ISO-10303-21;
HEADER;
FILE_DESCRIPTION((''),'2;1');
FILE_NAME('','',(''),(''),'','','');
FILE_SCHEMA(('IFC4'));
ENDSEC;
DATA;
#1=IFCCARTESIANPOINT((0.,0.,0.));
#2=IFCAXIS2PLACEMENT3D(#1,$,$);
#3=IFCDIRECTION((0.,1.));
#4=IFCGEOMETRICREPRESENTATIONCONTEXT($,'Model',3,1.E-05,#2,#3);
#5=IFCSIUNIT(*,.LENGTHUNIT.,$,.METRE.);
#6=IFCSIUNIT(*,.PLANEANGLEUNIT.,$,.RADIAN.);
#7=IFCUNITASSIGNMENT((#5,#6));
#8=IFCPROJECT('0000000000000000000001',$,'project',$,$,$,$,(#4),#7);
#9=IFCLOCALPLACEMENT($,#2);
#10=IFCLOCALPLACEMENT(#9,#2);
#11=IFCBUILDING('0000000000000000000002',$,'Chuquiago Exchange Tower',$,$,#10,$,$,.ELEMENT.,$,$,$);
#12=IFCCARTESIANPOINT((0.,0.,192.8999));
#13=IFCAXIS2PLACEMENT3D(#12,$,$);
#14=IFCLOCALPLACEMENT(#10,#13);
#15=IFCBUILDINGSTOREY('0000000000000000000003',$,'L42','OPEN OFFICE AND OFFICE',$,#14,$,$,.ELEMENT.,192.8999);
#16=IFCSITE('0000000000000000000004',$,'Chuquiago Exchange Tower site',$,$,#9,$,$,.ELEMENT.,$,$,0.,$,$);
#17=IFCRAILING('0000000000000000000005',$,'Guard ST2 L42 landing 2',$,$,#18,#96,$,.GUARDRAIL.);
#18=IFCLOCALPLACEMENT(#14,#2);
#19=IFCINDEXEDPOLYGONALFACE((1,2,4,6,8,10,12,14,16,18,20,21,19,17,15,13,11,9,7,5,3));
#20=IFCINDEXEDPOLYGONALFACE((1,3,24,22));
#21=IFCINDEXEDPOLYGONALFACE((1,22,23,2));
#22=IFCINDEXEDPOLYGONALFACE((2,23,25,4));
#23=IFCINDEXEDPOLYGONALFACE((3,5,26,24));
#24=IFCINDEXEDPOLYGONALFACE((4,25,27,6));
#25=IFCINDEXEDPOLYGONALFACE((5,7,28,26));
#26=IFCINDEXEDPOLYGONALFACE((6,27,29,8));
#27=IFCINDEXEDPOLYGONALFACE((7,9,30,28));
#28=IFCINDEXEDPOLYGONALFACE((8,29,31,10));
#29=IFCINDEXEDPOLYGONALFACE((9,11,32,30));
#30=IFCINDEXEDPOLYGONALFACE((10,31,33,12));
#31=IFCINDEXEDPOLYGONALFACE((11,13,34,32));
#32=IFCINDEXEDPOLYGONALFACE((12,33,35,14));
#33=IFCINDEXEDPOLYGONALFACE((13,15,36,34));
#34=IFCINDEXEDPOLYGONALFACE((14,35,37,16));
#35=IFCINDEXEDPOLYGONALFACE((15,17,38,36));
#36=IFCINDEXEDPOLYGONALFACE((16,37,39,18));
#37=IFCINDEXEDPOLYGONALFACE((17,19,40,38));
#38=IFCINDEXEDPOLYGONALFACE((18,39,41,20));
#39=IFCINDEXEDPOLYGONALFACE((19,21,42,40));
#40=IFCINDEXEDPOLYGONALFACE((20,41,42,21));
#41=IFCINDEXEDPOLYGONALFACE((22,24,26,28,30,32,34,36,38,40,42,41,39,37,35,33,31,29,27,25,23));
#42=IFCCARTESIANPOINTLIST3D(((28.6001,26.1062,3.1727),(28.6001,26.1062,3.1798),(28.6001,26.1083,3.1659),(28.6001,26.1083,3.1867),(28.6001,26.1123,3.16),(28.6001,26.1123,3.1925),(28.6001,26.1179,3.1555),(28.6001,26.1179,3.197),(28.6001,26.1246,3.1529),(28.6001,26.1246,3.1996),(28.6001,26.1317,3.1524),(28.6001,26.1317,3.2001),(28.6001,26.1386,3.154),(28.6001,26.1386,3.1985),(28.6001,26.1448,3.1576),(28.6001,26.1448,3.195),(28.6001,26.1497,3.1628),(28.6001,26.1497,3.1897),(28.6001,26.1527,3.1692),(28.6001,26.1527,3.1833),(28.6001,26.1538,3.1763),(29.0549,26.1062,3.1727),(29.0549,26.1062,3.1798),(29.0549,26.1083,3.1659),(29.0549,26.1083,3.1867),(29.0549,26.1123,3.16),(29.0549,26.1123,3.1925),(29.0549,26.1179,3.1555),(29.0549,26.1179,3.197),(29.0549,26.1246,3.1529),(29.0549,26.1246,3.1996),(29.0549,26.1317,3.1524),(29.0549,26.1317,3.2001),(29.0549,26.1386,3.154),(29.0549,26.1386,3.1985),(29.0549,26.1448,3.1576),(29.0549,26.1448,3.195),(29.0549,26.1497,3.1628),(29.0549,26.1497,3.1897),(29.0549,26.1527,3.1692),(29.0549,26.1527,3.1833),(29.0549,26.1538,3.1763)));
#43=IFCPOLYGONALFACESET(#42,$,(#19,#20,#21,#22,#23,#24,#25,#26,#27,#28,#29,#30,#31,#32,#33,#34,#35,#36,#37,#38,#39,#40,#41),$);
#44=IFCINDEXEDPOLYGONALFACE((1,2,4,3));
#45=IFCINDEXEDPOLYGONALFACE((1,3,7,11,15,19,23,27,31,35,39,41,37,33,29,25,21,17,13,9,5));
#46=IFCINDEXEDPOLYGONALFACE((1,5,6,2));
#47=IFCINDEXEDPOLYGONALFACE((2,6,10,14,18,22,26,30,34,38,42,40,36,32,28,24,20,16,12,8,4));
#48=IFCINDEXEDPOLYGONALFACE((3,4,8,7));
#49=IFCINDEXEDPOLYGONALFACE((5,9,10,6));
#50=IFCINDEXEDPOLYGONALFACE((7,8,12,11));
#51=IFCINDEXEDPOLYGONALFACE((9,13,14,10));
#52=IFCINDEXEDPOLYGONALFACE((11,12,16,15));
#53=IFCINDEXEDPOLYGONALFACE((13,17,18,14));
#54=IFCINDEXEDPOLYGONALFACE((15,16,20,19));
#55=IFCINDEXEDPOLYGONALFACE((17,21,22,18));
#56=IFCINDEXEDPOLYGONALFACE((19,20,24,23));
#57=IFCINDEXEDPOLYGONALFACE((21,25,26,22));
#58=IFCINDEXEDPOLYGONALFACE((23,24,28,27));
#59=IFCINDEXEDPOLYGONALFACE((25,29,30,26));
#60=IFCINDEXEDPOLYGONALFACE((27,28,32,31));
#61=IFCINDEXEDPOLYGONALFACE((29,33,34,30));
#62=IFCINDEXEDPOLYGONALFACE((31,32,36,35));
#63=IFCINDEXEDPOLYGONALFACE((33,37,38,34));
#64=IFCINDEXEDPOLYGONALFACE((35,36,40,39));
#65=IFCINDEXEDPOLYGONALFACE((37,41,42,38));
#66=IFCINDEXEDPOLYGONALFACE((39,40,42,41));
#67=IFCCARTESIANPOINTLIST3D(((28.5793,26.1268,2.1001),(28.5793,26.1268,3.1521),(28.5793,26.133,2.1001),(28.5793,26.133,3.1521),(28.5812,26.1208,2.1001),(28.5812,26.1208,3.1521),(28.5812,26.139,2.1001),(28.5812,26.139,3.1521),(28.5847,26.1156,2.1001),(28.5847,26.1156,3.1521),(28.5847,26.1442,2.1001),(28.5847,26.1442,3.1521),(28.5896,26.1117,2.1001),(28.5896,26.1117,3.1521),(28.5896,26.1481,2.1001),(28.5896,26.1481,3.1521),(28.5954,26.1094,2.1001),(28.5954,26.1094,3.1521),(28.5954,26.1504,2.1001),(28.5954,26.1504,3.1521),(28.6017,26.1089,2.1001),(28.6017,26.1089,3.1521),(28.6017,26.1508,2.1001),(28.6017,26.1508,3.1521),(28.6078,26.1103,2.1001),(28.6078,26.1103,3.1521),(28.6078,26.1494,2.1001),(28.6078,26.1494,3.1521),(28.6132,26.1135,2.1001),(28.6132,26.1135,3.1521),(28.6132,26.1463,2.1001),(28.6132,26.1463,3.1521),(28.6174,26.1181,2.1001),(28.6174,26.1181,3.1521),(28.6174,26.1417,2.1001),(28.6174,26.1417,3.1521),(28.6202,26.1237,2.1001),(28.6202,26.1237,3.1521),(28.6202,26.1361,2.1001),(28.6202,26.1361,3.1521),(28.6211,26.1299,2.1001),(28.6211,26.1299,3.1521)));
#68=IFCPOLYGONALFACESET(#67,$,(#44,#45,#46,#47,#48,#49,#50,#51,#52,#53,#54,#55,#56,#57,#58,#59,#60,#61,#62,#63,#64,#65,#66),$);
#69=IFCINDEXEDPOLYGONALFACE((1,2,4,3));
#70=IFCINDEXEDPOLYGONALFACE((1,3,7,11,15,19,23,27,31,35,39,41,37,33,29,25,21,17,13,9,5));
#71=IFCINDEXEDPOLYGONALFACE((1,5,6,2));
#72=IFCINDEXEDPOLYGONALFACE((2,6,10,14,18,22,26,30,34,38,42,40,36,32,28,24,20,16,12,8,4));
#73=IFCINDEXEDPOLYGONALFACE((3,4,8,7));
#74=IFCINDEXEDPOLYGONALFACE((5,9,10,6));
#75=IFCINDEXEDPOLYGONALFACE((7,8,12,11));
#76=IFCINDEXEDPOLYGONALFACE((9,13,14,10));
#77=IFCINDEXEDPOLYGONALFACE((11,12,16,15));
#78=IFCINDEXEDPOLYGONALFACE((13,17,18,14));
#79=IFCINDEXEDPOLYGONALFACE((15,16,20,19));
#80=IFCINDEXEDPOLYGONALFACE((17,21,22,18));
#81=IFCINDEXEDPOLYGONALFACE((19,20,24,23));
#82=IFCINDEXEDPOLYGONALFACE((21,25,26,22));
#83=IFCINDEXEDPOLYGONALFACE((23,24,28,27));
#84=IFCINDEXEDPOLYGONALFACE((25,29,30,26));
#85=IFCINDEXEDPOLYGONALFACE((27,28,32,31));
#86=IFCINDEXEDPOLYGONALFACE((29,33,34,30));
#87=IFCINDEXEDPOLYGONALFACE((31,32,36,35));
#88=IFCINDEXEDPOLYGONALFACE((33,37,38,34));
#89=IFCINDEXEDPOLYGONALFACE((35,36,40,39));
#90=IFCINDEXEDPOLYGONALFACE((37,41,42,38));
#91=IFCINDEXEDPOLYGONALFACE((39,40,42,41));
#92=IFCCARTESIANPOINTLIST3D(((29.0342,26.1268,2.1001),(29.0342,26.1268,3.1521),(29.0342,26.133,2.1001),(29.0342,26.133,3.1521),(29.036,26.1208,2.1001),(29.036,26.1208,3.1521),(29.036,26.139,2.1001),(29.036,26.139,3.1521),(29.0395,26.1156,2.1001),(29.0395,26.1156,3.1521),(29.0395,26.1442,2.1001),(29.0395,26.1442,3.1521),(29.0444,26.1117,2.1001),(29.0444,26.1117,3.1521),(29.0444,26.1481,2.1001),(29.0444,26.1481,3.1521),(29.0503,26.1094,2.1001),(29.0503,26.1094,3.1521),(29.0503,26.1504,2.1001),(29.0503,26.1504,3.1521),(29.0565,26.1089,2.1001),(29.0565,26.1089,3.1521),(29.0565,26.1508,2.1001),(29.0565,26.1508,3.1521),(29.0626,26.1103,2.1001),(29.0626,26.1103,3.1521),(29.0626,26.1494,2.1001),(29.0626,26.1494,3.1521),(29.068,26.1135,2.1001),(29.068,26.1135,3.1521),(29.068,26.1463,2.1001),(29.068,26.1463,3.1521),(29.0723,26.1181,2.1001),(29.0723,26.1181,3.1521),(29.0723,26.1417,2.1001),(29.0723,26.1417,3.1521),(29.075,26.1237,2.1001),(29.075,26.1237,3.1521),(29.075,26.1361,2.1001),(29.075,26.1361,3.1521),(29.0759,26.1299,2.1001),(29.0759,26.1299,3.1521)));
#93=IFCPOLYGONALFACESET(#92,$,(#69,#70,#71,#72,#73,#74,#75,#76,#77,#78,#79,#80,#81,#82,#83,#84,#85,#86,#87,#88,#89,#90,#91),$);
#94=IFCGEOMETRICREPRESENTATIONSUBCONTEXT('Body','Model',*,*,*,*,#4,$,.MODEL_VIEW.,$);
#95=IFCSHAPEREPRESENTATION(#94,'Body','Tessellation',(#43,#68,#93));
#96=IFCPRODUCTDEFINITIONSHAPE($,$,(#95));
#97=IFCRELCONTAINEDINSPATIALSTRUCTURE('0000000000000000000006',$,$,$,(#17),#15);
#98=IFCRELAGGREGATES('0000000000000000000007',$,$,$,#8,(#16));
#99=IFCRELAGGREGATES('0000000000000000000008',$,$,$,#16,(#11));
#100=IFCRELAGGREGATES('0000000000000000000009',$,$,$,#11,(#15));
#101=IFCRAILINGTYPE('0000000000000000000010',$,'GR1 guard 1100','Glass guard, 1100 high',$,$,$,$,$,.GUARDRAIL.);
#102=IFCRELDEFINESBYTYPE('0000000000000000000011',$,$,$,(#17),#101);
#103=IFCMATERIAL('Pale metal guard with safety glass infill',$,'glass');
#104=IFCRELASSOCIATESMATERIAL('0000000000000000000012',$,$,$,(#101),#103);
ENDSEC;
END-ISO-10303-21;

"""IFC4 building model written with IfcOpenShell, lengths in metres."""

from ifc_helpers import new_model, si_unit, direction, frame, origin, origin_2d, place, context, subcontext, project, spatial, circle, extrude, material, type_object, element, save


model = new_model("IFC4")

# Units and contexts
model_context = context("Model", 3, precision=1e-05, world=origin(), true_north=direction((0.0, 1.0)))
body_context = subcontext(model_context, "Body", "Model", "MODEL_VIEW")
ifc_project = project(units=[si_unit("LENGTHUNIT", "METRE"), si_unit("PLANEANGLEUNIT", "RADIAN")], contexts=[model_context])

# Site, building, storey
site_placement = place(None, origin())
site = spatial("IfcSite", under=ifc_project, at=site_placement, Name="Chuquiago Exchange Tower site", CompositionType="ELEMENT", RefElevation=0.0)
building_placement = place(site_placement, origin())
building = spatial("IfcBuilding", under=site, at=building_placement, Name="Chuquiago Exchange Tower", CompositionType="ELEMENT")
storey_placement = place(building_placement, frame((0.0, 0.0, 192.8999)))
storey = spatial("IfcBuildingStorey", under=building, at=storey_placement, Name="L42", Description="OPEN OFFICE AND OFFICE", CompositionType="ELEMENT", Elevation=192.8999)

# Railing
ifc_material_1 = material(Name="Pale metal guard with safety glass infill", Category="glass")
railing_type_1 = type_object("IfcRailingType", Name="GR1 guard 1100", Description="Glass guard, 1100 high", PredefinedType="GUARDRAIL", material=ifc_material_1)
railing_1_placement = place(storey_placement, frame((28.6001, 26.1299, 2.1001)))
element("IfcRailing", 1, at=railing_1_placement, inside=storey, type_object=railing_type_1, Name="Guard ST2 L42 landing 2", PredefinedType="GUARDRAIL", context=body_context, shape_type="SweptSolid", body=[
    extrude(circle(Radius=0.0239, at=origin_2d()), frame((0.0, 0.0, 1.0762), z_axis=(1.0, 0.0, 0.0), x_axis=(0.0, 1.0, 0.0)), (0.0, 0.0, 1.0), 0.4548),
    extrude(circle(Radius=0.021, at=origin_2d()), origin(), (0.0, 0.0, 1.0), 1.052),
    extrude(circle(Radius=0.021, at=origin_2d()), frame((0.4548, 0.0, 0.0)), (0.0, 0.0, 1.0), 1.052),
])

save(model, "model.ifc")
